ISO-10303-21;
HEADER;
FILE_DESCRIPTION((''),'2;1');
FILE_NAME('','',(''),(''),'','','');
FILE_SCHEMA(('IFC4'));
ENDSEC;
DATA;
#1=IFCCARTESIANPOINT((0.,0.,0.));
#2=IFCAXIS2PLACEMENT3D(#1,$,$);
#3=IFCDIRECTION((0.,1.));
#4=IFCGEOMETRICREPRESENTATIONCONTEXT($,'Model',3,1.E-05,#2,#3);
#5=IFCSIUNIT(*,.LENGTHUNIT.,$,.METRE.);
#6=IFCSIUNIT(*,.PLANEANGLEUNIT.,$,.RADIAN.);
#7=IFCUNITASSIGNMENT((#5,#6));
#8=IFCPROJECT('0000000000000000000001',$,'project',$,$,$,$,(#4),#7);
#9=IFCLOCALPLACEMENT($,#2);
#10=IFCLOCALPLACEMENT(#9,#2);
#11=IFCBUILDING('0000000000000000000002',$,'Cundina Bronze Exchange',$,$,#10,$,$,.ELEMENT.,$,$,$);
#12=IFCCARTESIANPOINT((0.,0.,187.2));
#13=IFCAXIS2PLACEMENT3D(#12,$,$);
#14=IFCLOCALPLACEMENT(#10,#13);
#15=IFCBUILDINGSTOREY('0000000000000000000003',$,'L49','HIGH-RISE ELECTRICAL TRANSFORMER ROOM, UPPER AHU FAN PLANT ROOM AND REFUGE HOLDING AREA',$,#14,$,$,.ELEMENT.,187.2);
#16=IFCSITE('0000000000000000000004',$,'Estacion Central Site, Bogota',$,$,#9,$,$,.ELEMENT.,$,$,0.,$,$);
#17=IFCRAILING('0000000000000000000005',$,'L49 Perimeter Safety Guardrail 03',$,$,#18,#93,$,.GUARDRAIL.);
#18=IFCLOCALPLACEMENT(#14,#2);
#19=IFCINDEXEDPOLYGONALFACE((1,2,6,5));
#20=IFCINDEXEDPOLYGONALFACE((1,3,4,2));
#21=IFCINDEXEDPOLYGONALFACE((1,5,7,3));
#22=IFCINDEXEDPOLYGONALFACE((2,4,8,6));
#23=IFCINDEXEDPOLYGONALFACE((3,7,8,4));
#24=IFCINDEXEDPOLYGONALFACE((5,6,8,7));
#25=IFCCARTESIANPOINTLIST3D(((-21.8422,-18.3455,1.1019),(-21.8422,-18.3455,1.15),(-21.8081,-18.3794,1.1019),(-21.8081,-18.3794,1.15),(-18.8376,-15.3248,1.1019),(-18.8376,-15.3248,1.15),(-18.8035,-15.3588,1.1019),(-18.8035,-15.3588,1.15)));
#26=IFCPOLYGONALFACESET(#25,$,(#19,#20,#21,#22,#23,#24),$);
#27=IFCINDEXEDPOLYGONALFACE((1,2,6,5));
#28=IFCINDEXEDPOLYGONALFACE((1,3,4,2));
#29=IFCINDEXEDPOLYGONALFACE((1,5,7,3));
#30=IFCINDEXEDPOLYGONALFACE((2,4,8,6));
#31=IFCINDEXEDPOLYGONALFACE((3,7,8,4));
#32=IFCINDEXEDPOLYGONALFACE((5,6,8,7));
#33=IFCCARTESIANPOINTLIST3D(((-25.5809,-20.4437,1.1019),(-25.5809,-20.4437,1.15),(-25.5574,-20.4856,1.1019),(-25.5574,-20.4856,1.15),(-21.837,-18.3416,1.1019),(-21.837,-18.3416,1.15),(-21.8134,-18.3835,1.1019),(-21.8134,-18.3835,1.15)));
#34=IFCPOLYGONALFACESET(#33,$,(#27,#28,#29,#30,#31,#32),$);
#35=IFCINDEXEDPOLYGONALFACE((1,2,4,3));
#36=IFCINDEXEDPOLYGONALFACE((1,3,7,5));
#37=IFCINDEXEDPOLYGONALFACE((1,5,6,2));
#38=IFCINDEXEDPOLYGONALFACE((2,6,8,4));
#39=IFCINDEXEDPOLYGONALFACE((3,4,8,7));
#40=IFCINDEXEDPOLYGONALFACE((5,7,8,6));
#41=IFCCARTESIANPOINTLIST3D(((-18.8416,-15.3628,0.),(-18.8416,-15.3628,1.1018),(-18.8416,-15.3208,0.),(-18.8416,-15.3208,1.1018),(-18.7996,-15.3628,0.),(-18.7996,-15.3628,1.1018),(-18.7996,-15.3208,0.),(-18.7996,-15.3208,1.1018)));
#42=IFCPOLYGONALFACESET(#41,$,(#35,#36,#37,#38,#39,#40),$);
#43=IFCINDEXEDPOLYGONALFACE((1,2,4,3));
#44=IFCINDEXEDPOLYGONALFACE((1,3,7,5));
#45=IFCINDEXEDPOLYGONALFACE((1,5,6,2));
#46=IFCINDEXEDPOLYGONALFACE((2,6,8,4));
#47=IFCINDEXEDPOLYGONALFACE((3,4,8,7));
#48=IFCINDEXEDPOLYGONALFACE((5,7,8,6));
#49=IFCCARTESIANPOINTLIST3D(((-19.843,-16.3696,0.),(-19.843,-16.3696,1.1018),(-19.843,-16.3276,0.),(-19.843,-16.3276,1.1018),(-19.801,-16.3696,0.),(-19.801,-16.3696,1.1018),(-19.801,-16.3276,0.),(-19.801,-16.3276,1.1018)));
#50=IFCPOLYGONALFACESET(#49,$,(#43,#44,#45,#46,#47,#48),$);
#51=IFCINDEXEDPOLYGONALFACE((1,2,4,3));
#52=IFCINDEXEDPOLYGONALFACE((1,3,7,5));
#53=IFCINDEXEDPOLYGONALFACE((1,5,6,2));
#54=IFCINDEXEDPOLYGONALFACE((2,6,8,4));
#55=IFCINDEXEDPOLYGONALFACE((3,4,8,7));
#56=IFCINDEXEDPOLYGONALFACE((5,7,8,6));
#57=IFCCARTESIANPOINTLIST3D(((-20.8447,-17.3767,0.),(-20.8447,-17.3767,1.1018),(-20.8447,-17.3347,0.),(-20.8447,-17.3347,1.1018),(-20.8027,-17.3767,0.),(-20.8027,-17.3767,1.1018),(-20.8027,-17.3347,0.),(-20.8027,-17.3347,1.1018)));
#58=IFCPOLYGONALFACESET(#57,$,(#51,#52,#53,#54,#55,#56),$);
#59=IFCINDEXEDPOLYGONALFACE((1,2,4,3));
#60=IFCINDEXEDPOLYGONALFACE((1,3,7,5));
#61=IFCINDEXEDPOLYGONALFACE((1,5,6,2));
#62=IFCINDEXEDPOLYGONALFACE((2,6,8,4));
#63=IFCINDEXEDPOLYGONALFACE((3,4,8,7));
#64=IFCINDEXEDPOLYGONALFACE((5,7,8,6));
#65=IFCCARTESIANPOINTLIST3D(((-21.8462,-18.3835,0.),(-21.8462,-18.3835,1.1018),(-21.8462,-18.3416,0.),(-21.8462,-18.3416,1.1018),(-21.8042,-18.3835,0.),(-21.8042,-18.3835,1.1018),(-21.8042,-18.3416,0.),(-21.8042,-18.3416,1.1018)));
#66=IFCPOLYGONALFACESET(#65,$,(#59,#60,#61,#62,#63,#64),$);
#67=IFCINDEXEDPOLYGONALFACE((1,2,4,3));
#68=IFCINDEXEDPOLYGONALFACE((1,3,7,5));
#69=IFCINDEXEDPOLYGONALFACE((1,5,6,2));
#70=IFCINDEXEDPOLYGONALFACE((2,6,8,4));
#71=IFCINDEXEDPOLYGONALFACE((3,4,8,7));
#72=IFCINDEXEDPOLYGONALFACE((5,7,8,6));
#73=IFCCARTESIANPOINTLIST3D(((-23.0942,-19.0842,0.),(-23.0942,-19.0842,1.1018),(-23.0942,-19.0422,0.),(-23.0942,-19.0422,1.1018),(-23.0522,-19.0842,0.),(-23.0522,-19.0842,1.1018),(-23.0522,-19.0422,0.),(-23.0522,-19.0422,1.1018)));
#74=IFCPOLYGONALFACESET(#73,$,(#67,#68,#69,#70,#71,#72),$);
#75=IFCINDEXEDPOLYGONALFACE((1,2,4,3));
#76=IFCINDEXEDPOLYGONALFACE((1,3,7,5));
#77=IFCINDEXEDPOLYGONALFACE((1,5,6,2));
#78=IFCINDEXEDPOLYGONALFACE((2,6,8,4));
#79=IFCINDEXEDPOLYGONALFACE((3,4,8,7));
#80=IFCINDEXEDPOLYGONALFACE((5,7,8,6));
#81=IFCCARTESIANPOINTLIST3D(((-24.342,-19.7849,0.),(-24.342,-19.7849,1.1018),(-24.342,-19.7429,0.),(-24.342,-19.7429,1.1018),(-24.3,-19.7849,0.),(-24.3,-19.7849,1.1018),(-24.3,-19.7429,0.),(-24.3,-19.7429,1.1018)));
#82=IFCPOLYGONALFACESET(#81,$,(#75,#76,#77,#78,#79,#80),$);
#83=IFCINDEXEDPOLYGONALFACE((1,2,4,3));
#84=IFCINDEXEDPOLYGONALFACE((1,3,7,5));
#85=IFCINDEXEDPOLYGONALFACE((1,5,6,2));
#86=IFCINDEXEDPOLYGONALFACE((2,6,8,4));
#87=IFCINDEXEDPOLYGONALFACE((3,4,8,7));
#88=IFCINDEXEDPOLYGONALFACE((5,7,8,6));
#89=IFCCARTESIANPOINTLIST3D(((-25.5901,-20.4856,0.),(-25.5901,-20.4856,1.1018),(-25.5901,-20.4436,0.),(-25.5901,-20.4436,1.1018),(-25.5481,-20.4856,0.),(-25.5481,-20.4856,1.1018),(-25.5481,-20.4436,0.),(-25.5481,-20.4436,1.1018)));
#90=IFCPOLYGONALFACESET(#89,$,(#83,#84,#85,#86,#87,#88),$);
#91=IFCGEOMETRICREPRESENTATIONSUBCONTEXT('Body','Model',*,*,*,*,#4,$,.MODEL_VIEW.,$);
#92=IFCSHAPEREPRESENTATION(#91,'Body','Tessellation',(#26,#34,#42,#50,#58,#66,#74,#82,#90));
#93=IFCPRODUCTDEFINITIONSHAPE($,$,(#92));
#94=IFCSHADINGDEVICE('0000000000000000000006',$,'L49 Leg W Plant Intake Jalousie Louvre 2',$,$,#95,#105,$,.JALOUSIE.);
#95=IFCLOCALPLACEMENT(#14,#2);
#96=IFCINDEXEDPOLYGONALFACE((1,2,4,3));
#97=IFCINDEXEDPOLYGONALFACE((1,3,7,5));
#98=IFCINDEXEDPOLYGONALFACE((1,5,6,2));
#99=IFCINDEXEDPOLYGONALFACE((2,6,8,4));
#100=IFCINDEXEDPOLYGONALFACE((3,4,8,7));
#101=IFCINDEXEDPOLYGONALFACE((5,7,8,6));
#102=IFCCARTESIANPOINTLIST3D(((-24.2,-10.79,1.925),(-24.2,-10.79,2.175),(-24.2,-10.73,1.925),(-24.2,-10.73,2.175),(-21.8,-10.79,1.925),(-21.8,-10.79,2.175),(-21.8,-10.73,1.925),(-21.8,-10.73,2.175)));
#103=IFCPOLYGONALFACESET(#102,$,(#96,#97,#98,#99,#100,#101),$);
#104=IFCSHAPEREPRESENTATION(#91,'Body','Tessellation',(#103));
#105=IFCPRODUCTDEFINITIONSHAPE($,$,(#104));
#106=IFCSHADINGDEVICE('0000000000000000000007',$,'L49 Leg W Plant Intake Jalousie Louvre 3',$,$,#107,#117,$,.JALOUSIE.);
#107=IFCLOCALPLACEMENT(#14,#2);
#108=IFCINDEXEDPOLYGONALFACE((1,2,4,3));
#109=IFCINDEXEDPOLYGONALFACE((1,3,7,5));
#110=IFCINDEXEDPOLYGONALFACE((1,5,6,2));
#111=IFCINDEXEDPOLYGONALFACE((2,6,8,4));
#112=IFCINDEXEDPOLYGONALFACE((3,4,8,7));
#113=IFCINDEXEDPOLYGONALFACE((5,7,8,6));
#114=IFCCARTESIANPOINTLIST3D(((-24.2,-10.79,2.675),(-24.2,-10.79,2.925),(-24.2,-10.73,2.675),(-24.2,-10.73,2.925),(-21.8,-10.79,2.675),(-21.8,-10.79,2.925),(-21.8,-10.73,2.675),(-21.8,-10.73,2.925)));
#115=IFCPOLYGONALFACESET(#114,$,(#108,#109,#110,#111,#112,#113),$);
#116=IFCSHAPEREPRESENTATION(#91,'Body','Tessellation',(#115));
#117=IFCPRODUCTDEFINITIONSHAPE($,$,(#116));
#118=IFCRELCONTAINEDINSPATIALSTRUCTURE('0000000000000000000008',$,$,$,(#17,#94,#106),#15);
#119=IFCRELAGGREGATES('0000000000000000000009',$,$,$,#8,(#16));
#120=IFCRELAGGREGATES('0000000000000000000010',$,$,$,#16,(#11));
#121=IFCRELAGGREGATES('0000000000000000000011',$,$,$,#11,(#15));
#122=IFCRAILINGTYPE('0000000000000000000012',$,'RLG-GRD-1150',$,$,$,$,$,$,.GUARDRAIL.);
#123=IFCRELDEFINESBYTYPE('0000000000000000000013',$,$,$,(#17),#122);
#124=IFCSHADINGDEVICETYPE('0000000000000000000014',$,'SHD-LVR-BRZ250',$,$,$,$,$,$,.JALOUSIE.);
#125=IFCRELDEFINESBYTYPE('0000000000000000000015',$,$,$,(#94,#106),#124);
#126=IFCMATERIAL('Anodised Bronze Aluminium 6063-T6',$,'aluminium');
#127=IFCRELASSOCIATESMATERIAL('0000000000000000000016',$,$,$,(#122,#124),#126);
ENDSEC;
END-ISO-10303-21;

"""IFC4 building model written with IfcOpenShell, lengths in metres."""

from ifc_helpers import new_model, si_unit, direction, frame, origin, origin_2d, place, context, subcontext, project, spatial, rectangle, extrude, material, material_profile, profile_set, type_object, element, save


model = new_model("IFC4")

# Units and contexts
model_context = context("Model", 3, precision=1e-05, world=origin(), true_north=direction((0.0, 1.0)))
body_context = subcontext(model_context, "Body", "Model", "MODEL_VIEW")
ifc_project = project(units=[si_unit("LENGTHUNIT", "METRE"), si_unit("PLANEANGLEUNIT", "RADIAN")], contexts=[model_context])

# Site, building, storey
site_placement = place(None, origin())
site = spatial("IfcSite", under=ifc_project, at=site_placement, Name="Estacion Central Site, Bogota", CompositionType="ELEMENT", RefElevation=0.0)
building_placement = place(site_placement, origin())
building = spatial("IfcBuilding", under=site, at=building_placement, Name="Cundina Bronze Exchange", CompositionType="ELEMENT")
storey_placement = place(building_placement, frame((0.0, 0.0, 187.2)))
storey = spatial("IfcBuildingStorey", under=building, at=storey_placement, Name="L49", Description="HIGH-RISE ELECTRICAL TRANSFORMER ROOM, UPPER AHU FAN PLANT ROOM AND REFUGE HOLDING AREA", CompositionType="ELEMENT", Elevation=187.2)

# Railing
ifc_material_1 = material(Name="Anodised Bronze Aluminium 6063-T6", Category="aluminium")
railing_type = type_object("IfcRailingType", Name="RLG-GRD-1150", PredefinedType="GUARDRAIL", material=ifc_material_1)
railing_1_placement = place(storey_placement, frame((-18.8206, -15.3418, 0.0)))
element("IfcRailing", 1, at=railing_1_placement, inside=storey, type_object=railing_type, Name="L49 Perimeter Safety Guardrail 03", PredefinedType="GUARDRAIL", context=body_context, shape_type="SweptSolid", body=[
    extrude(rectangle(XDim=0.0481, YDim=0.0481, at=origin_2d()), frame((0.0, 0.0, 1.126), z_axis=(-0.705213, -0.708995, 0.0), x_axis=(0.708995, -0.705213, 0.0)), (0.0, 0.0, 1.0), 4.2605),
    extrude(rectangle(XDim=0.0481, YDim=0.0481, at=origin_2d()), frame((-3.0046, -3.0208, 1.126), z_axis=(-0.871962, -0.489573, 0.0), x_axis=(0.489573, -0.871962, 0.0)), (0.0, 0.0, 1.0), 4.2937),
    extrude(rectangle(XDim=0.042, YDim=0.042, at=origin_2d()), origin(), (0.0, 0.0, 1.0), 1.1018),
    extrude(rectangle(XDim=0.042, YDim=0.042, at=origin_2d()), frame((-1.0015, -1.0068, 0.0)), (0.0, 0.0, 1.0), 1.1018),
    extrude(rectangle(XDim=0.042, YDim=0.042, at=origin_2d()), frame((-2.0032, -2.0139, 0.0)), (0.0, 0.0, 1.0), 1.1018),
    extrude(rectangle(XDim=0.042, YDim=0.042, at=origin_2d()), frame((-3.0046, -3.0208, 0.0)), (0.0, 0.0, 1.0), 1.1018),
    extrude(rectangle(XDim=0.042, YDim=0.042, at=origin_2d()), frame((-4.2527, -3.7214, 0.0)), (0.0, 0.0, 1.0), 1.1018),
    extrude(rectangle(XDim=0.042, YDim=0.042, at=origin_2d()), frame((-5.5005, -4.4221, 0.0)), (0.0, 0.0, 1.0), 1.1018),
    extrude(rectangle(XDim=0.042, YDim=0.042, at=origin_2d()), frame((-6.7485, -5.1228, 0.0)), (0.0, 0.0, 1.0), 1.1018),
])

# Shading devices
ifc_material_profile_1 = material_profile(ifc_material_1, rectangle(XDim=0.0601, YDim=0.25, at=origin_2d()), Name="LVR60X250", Category="aluminium")
ifc_profile_set_1 = profile_set([ifc_material_profile_1], Name="Anodised Bronze Aluminium 6063-T6")
shading_device_type = type_object("IfcShadingDeviceType", Name="SHD-LVR-BRZ250", PredefinedType="JALOUSIE", material=ifc_profile_set_1)
for number, where, z_axis, x_axis, name in (
    (2, (-24.2, -10.76, 2.05), (1.0, 0.0, 0.0), (0.0, 1.0, 0.0), "L49 Leg W Plant Intake Jalousie Louvre 2"),
    (3, (-24.2, -10.76, 2.8), (1.0, 0.0, 0.0), (0.0, 1.0, 0.0), "L49 Leg W Plant Intake Jalousie Louvre 3"),
):
    element("IfcShadingDevice", number, at=place(storey_placement, frame(where, z_axis=z_axis, x_axis=x_axis)), inside=storey, type_object=shading_device_type, Name=name, PredefinedType="JALOUSIE", context=body_context, shape_type="SweptSolid", body=[
        extrude(rectangle(XDim=0.0601, YDim=0.25, at=origin_2d()), origin(), (0.0, 0.0, 1.0), 2.3999),
    ])

save(model, "model.ifc")
